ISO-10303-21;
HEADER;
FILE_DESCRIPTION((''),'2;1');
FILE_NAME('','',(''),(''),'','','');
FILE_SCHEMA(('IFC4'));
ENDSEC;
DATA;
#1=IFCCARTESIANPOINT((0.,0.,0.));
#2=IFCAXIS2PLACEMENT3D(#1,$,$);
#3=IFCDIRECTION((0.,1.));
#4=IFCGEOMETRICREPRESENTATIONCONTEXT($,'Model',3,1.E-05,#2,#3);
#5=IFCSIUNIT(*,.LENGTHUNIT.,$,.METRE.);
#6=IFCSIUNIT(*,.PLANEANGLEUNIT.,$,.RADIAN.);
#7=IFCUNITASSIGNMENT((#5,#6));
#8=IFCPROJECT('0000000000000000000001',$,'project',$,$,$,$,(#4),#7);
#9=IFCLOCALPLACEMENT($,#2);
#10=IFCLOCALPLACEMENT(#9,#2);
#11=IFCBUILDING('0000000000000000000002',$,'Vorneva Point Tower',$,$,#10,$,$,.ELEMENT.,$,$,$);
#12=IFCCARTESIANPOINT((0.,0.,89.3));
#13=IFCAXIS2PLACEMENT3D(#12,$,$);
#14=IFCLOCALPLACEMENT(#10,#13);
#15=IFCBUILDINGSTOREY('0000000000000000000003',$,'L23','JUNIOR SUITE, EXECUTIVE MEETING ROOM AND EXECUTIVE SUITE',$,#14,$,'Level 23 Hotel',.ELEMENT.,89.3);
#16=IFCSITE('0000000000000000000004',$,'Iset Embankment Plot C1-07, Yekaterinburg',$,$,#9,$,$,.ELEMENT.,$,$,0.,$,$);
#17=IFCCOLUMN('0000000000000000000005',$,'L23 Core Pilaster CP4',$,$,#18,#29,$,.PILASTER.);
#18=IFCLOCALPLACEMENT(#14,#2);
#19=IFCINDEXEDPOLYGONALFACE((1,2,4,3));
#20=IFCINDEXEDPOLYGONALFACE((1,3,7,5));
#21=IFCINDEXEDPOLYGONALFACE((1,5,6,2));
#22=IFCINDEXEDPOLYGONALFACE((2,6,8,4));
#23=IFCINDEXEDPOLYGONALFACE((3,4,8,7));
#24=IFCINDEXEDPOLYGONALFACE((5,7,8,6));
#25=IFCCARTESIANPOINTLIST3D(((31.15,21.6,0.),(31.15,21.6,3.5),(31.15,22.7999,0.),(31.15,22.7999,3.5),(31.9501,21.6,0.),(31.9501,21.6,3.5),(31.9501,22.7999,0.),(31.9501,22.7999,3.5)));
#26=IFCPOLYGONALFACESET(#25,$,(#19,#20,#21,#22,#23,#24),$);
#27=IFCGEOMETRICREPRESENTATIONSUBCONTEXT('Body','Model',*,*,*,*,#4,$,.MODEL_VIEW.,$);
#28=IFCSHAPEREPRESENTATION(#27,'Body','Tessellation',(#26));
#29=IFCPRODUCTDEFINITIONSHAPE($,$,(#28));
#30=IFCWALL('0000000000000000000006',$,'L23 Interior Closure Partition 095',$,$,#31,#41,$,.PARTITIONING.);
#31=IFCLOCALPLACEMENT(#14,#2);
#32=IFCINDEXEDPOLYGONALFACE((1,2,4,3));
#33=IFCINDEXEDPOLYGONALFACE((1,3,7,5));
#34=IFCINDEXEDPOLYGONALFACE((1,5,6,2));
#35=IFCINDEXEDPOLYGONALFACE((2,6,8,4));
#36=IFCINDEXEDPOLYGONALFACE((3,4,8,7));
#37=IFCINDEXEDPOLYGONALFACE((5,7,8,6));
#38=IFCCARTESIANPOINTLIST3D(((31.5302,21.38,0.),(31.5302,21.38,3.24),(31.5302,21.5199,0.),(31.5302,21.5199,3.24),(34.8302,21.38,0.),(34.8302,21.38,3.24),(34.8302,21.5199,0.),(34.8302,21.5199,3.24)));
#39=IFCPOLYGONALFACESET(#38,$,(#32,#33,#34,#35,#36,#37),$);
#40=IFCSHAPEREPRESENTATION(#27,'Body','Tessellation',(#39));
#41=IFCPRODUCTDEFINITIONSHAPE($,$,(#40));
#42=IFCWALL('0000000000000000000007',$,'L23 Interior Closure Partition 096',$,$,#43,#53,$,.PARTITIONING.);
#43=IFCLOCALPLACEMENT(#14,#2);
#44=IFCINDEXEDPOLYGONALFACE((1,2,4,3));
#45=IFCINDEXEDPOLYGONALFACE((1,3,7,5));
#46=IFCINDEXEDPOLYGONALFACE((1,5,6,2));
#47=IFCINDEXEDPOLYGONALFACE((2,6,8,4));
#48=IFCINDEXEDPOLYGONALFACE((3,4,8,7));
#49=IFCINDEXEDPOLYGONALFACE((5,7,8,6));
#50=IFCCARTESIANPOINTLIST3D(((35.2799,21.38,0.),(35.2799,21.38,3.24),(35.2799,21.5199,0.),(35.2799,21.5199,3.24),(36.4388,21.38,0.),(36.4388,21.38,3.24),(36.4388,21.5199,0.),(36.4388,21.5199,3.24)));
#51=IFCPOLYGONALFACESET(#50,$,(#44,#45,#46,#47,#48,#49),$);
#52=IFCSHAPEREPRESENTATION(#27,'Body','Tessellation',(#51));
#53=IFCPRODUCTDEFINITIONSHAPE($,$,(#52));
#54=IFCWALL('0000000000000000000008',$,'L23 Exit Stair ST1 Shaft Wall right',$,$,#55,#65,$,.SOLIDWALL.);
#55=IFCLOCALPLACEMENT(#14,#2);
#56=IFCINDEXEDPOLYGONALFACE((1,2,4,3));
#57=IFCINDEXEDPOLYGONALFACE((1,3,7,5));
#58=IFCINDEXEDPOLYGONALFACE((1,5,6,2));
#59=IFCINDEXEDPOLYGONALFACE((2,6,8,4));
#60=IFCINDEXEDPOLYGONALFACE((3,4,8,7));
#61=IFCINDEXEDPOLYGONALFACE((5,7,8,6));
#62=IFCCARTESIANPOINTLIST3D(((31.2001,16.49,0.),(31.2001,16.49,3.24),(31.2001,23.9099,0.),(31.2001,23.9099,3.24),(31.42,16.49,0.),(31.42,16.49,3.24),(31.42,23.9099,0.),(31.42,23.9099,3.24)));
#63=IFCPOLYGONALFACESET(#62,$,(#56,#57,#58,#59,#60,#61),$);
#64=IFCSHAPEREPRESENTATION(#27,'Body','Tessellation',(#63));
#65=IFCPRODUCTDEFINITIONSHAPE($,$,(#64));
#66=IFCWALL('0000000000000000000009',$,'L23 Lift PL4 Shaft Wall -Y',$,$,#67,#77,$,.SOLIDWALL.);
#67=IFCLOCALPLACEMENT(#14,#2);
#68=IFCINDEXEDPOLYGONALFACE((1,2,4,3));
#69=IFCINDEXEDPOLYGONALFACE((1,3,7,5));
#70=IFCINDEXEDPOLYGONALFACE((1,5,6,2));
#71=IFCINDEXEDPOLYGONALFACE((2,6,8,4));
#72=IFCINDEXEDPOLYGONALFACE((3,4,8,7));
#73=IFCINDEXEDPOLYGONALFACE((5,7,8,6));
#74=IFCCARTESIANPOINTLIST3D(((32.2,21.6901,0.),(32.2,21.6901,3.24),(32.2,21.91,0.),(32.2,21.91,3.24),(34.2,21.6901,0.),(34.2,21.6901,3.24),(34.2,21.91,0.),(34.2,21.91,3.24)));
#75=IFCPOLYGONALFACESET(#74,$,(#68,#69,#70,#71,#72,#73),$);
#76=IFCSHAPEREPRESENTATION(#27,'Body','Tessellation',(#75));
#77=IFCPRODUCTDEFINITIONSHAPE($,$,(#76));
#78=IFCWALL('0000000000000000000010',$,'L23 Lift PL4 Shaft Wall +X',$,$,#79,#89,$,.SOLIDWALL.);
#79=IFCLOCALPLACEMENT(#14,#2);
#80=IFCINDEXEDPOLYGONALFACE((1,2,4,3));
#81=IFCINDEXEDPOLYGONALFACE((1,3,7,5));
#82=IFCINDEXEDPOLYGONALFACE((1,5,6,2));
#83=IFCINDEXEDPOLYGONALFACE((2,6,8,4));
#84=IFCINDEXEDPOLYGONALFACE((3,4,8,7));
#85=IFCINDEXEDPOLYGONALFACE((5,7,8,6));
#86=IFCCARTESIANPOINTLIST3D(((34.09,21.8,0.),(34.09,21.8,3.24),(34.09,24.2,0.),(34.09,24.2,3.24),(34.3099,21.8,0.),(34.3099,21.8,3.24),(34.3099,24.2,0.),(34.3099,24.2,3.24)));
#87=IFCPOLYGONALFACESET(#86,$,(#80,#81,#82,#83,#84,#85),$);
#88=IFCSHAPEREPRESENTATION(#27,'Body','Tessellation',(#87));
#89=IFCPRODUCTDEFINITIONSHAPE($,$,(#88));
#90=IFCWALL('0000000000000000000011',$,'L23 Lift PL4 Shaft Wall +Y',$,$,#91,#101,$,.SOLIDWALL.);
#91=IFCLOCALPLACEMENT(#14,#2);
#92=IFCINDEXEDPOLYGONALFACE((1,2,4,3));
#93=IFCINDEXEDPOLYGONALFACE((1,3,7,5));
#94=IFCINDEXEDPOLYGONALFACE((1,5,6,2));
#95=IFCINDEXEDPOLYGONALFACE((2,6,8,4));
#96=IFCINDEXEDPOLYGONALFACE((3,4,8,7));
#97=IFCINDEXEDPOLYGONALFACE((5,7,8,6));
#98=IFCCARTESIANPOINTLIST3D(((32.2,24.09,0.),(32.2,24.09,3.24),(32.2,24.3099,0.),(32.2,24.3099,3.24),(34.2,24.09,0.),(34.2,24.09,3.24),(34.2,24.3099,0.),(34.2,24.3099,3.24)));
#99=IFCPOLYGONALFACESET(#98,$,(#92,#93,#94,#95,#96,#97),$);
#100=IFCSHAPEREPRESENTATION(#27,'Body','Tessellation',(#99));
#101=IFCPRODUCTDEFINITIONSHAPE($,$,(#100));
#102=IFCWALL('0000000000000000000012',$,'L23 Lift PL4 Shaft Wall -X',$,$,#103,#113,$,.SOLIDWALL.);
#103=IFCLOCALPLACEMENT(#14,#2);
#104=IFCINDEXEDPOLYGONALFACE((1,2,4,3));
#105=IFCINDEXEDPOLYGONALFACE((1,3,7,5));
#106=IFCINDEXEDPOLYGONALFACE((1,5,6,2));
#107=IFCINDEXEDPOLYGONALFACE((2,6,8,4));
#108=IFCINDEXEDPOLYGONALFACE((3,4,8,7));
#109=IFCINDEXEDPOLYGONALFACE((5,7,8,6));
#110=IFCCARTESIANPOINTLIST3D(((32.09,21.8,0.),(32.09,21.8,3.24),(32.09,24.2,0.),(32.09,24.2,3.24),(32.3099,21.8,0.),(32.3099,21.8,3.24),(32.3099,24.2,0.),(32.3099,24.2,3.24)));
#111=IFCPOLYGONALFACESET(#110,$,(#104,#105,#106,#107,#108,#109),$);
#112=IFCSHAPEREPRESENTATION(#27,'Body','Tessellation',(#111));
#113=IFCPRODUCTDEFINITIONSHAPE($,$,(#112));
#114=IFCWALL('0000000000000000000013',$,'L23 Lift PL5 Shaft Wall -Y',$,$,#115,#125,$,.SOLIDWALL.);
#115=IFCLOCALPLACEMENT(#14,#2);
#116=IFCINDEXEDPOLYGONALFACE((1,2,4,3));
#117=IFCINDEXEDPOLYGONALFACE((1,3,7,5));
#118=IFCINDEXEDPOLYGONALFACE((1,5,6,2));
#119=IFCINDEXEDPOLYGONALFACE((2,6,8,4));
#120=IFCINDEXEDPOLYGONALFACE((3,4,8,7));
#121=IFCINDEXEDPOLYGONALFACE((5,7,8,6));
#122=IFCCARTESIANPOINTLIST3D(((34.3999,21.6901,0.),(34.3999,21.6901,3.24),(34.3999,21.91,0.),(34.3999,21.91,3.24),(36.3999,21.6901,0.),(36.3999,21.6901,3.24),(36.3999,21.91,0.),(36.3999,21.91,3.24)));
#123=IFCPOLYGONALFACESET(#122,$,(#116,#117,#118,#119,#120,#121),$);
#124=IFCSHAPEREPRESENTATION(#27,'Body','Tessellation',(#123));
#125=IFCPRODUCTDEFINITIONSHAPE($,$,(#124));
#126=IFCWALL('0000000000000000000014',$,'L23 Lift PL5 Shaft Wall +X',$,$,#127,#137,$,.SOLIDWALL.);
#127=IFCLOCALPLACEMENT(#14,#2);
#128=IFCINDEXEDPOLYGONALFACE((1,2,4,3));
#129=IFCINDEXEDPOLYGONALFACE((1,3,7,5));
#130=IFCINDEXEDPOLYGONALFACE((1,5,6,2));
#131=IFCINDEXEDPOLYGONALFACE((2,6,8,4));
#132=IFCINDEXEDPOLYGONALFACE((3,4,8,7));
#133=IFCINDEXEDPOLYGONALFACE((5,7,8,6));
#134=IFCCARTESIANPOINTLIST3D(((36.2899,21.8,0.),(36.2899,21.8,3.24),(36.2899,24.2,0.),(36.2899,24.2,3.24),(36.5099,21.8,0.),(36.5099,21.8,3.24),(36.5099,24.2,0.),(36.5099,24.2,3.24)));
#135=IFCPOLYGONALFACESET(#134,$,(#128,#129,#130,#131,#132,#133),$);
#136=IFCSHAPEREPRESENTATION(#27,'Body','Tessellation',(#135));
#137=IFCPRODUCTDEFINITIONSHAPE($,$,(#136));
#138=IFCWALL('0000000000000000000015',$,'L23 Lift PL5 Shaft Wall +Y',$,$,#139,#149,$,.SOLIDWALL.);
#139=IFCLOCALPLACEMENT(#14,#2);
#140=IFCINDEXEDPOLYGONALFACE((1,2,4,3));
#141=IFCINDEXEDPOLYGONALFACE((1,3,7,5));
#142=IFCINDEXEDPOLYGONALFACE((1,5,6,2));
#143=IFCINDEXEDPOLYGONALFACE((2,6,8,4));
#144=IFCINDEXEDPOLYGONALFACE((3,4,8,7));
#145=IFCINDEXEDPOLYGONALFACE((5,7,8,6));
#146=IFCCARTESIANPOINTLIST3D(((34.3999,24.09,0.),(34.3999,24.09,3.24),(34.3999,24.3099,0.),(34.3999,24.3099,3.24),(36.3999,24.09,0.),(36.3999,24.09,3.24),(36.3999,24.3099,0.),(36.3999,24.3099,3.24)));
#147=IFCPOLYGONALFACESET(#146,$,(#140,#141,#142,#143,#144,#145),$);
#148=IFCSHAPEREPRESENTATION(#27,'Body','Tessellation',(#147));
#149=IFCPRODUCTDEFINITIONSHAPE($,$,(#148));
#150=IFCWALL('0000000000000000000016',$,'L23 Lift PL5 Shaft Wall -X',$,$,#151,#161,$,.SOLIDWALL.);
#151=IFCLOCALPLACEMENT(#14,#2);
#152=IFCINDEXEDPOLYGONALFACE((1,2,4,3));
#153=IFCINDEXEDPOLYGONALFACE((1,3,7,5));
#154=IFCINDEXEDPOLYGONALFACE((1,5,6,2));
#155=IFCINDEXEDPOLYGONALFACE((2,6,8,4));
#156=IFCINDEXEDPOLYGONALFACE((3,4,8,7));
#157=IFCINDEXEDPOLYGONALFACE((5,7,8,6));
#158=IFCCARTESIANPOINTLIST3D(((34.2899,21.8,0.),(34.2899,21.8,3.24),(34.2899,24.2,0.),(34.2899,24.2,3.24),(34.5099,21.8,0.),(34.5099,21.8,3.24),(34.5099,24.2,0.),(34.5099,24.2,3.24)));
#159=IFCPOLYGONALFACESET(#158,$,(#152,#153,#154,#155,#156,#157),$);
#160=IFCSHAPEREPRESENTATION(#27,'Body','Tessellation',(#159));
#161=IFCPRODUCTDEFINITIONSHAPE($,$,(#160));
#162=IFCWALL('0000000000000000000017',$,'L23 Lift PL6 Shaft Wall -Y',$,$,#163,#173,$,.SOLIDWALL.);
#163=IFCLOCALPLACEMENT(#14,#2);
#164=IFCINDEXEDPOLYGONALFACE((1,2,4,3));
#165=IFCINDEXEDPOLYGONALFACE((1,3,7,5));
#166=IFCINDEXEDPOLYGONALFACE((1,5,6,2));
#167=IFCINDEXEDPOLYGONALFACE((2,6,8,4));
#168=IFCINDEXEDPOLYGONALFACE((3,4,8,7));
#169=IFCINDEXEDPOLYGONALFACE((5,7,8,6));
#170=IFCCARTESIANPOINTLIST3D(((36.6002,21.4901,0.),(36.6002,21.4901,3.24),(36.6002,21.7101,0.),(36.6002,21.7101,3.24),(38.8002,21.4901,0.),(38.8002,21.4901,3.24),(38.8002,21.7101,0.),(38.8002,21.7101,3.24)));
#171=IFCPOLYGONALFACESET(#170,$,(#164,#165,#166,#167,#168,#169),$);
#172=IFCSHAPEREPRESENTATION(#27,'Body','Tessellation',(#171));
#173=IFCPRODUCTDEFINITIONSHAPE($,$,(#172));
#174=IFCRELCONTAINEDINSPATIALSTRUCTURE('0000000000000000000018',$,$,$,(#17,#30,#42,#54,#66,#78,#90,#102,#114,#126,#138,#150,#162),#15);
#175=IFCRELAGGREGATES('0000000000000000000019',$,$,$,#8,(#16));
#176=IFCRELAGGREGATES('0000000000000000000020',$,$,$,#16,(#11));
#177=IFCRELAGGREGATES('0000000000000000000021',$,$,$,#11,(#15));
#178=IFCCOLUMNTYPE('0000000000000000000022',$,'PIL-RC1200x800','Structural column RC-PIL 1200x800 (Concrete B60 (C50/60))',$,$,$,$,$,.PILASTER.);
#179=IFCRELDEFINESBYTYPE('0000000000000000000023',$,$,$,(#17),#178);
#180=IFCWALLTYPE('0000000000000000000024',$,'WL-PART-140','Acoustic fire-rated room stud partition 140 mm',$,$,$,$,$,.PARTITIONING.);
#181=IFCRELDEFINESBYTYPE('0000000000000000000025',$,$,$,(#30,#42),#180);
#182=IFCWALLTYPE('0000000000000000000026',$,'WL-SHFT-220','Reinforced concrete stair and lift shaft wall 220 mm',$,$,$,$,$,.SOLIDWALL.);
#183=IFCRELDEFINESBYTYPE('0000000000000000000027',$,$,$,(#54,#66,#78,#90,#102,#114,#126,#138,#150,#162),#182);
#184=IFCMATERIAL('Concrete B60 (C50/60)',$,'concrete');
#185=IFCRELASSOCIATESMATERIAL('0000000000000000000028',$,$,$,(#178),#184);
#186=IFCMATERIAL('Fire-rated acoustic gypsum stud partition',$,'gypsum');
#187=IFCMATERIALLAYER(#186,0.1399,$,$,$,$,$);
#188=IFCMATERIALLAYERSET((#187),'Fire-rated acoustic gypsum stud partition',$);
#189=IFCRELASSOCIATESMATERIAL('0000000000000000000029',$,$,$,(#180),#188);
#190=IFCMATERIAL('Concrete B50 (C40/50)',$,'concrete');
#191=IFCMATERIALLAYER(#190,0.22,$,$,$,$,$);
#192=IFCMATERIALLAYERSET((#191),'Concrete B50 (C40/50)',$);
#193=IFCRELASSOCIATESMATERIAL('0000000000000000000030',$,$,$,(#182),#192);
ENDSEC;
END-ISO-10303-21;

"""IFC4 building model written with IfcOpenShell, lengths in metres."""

from ifc_helpers import new_model, si_unit, direction, frame, frame_2d, origin, origin_2d, place, context, subcontext, project, spatial, rectangle, extrude, material, layer, layer_set, material_profile, profile_set, type_object, element, save


model = new_model("IFC4")

# Units and contexts
model_context = context("Model", 3, precision=1e-05, world=origin(), true_north=direction((0.0, 1.0)))
body_context = subcontext(model_context, "Body", "Model", "MODEL_VIEW")
ifc_project = project(units=[si_unit("LENGTHUNIT", "METRE"), si_unit("PLANEANGLEUNIT", "RADIAN")], contexts=[model_context])

# Site, building, storey
site_placement = place(None, origin())
site = spatial("IfcSite", under=ifc_project, at=site_placement, Name="Iset Embankment Plot C1-07, Yekaterinburg", CompositionType="ELEMENT", RefElevation=0.0)
building_placement = place(site_placement, origin())
building = spatial("IfcBuilding", under=site, at=building_placement, Name="Vorneva Point Tower", CompositionType="ELEMENT")
storey_placement = place(building_placement, frame((0.0, 0.0, 89.3)))
storey = spatial("IfcBuildingStorey", under=building, at=storey_placement, Name="L23", Description="JUNIOR SUITE, EXECUTIVE MEETING ROOM AND EXECUTIVE SUITE", LongName="Level 23 Hotel", CompositionType="ELEMENT", Elevation=89.3)

# Column
ifc_material_1 = material(Name="Concrete B60 (C50/60)", Category="concrete")
ifc_material_profile = material_profile(ifc_material_1, rectangle(XDim=0.8, YDim=1.2, at=origin_2d()), Name="RC-PIL 1200x800")
ifc_profile_set = profile_set([ifc_material_profile], Name="Concrete B60 (C50/60)")
column_type = type_object("IfcColumnType", Name="PIL-RC1200x800", Description="Structural column RC-PIL 1200x800 (Concrete B60 (C50/60))", PredefinedType="PILASTER", material=ifc_profile_set)
column_placement = place(storey_placement, frame((31.55, 22.2, 0.0), z_axis=(0.0, 0.0, 1.0), x_axis=(1.0, 0.0, 0.0)))
element("IfcColumn", 1, at=column_placement, inside=storey, type_object=column_type, Name="L23 Core Pilaster CP4", PredefinedType="PILASTER", context=body_context, shape_type="SweptSolid", body=[
    extrude(rectangle(XDim=0.8, YDim=1.2, at=origin_2d()), origin(), (0.0, 0.0, 1.0), 3.5),
])

# Walls
ifc_material_2 = material(Name="Fire-rated acoustic gypsum stud partition", Category="gypsum")
ifc_layer_1 = layer(ifc_material_2, 0.1399)
ifc_layer_set_1 = layer_set([ifc_layer_1], Name="Fire-rated acoustic gypsum stud partition")
wall_type_1 = type_object("IfcWallType", Name="WL-PART-140", Description="Acoustic fire-rated room stud partition 140 mm", PredefinedType="PARTITIONING", material=ifc_layer_set_1)
wall_1_placement = place(storey_placement, frame((34.8301, 21.45, 0.0), z_axis=(0.0, 0.0, 1.0), x_axis=(-1.0, 0.0, 0.0)))
element("IfcWall", 2, at=wall_1_placement, inside=storey, type_object=wall_type_1, Name="L23 Interior Closure Partition 095", PredefinedType="PARTITIONING", context=body_context, shape_type="SweptSolid", body=[
    extrude(rectangle(XDim=3.3, YDim=0.1399, at=frame_2d((1.6499, 0.0))), origin(), (0.0, 0.0, 1.0), 3.24),
])
wall_2_placement = place(storey_placement, frame((36.439, 21.45, 0.0), z_axis=(0.0, 0.0, 1.0), x_axis=(-1.0, 0.0, 0.0)))
element("IfcWall", 3, at=wall_2_placement, inside=storey, type_object=wall_type_1, Name="L23 Interior Closure Partition 096", PredefinedType="PARTITIONING", context=body_context, shape_type="SweptSolid", body=[
    extrude(rectangle(XDim=1.1589, YDim=0.1399, at=frame_2d((0.5796, 0.0))), origin(), (0.0, 0.0, 1.0), 3.24),
])

# Walls
ifc_material_3 = material(Name="Concrete B50 (C40/50)", Category="concrete")
ifc_layer_2 = layer(ifc_material_3, 0.22)
ifc_layer_set_2 = layer_set([ifc_layer_2], Name="Concrete B50 (C40/50)")
wall_type_2 = type_object("IfcWallType", Name="WL-SHFT-220", Description="Reinforced concrete stair and lift shaft wall 220 mm", PredefinedType="SOLIDWALL", material=ifc_layer_set_2)
wall_3_placement = place(storey_placement, frame((31.3101, 23.9099, 0.0), z_axis=(0.0, 0.0, 1.0), x_axis=(0.0, -1.0, 0.0)))
element("IfcWall", 4, at=wall_3_placement, inside=storey, type_object=wall_type_2, Name="L23 Exit Stair ST1 Shaft Wall right", PredefinedType="SOLIDWALL", context=body_context, shape_type="SweptSolid", body=[
    extrude(rectangle(XDim=7.4199, YDim=0.22, at=frame_2d((3.71, 0.0))), origin(), (0.0, 0.0, 1.0), 3.24),
])
wall_4_placement = place(storey_placement, frame((32.2, 21.8, 0.0), z_axis=(0.0, 0.0, 1.0), x_axis=(1.0, 0.0, 0.0)))
element("IfcWall", 5, at=wall_4_placement, inside=storey, type_object=wall_type_2, Name="L23 Lift PL4 Shaft Wall -Y", PredefinedType="SOLIDWALL", context=body_context, shape_type="SweptSolid", body=[
    extrude(rectangle(XDim=2.0, YDim=0.22, at=frame_2d((1.0, 0.0))), origin(), (0.0, 0.0, 1.0), 3.24),
])
wall_5_placement = place(storey_placement, frame((34.2, 21.8, 0.0), z_axis=(0.0, 0.0, 1.0), x_axis=(0.0, 1.0, 0.0)))
element("IfcWall", 6, at=wall_5_placement, inside=storey, type_object=wall_type_2, Name="L23 Lift PL4 Shaft Wall +X", PredefinedType="SOLIDWALL", context=body_context, shape_type="SweptSolid", body=[
    extrude(rectangle(XDim=2.3999, YDim=0.22, at=frame_2d((1.2, 0.0))), origin(), (0.0, 0.0, 1.0), 3.24),
])
wall_6_placement = place(storey_placement, frame((34.2, 24.2, 0.0), z_axis=(0.0, 0.0, 1.0), x_axis=(-1.0, 0.0, 0.0)))
element("IfcWall", 7, at=wall_6_placement, inside=storey, type_object=wall_type_2, Name="L23 Lift PL4 Shaft Wall +Y", PredefinedType="SOLIDWALL", context=body_context, shape_type="SweptSolid", body=[
    extrude(rectangle(XDim=2.0, YDim=0.22, at=frame_2d((1.0, 0.0))), origin(), (0.0, 0.0, 1.0), 3.24),
])
wall_7_placement = place(storey_placement, frame((32.2, 24.2, 0.0), z_axis=(0.0, 0.0, 1.0), x_axis=(0.0, -1.0, 0.0)))
element("IfcWall", 8, at=wall_7_placement, inside=storey, type_object=wall_type_2, Name="L23 Lift PL4 Shaft Wall -X", PredefinedType="SOLIDWALL", context=body_context, shape_type="SweptSolid", body=[
    extrude(rectangle(XDim=2.3999, YDim=0.22, at=frame_2d((1.2, 0.0))), origin(), (0.0, 0.0, 1.0), 3.24),
])
wall_8_placement = place(storey_placement, frame((34.3999, 21.8, 0.0), z_axis=(0.0, 0.0, 1.0), x_axis=(1.0, 0.0, 0.0)))
element("IfcWall", 9, at=wall_8_placement, inside=storey, type_object=wall_type_2, Name="L23 Lift PL5 Shaft Wall -Y", PredefinedType="SOLIDWALL", context=body_context, shape_type="SweptSolid", body=[
    extrude(rectangle(XDim=2.0, YDim=0.22, at=frame_2d((1.0, 0.0))), origin(), (0.0, 0.0, 1.0), 3.24),
])
wall_9_placement = place(storey_placement, frame((36.3999, 21.8, 0.0), z_axis=(0.0, 0.0, 1.0), x_axis=(0.0, 1.0, 0.0)))
element("IfcWall", 10, at=wall_9_placement, inside=storey, type_object=wall_type_2, Name="L23 Lift PL5 Shaft Wall +X", PredefinedType="SOLIDWALL", context=body_context, shape_type="SweptSolid", body=[
    extrude(rectangle(XDim=2.3999, YDim=0.22, at=frame_2d((1.2, 0.0))), origin(), (0.0, 0.0, 1.0), 3.24),
])
wall_10_placement = place(storey_placement, frame((36.3999, 24.2, 0.0), z_axis=(0.0, 0.0, 1.0), x_axis=(-1.0, 0.0, 0.0)))
element("IfcWall", 11, at=wall_10_placement, inside=storey, type_object=wall_type_2, Name="L23 Lift PL5 Shaft Wall +Y", PredefinedType="SOLIDWALL", context=body_context, shape_type="SweptSolid", body=[
    extrude(rectangle(XDim=2.0, YDim=0.22, at=frame_2d((1.0, 0.0))), origin(), (0.0, 0.0, 1.0), 3.24),
])
wall_11_placement = place(storey_placement, frame((34.3999, 24.2, 0.0), z_axis=(0.0, 0.0, 1.0), x_axis=(0.0, -1.0, 0.0)))
element("IfcWall", 12, at=wall_11_placement, inside=storey, type_object=wall_type_2, Name="L23 Lift PL5 Shaft Wall -X", PredefinedType="SOLIDWALL", context=body_context, shape_type="SweptSolid", body=[
    extrude(rectangle(XDim=2.3999, YDim=0.22, at=frame_2d((1.2, 0.0))), origin(), (0.0, 0.0, 1.0), 3.24),
])
wall_12_placement = place(storey_placement, frame((36.6001, 21.6001, 0.0), z_axis=(0.0, 0.0, 1.0), x_axis=(1.0, 0.0, 0.0)))
element("IfcWall", 13, at=wall_12_placement, inside=storey, type_object=wall_type_2, Name="L23 Lift PL6 Shaft Wall -Y", PredefinedType="SOLIDWALL", context=body_context, shape_type="SweptSolid", body=[
    extrude(rectangle(XDim=2.2, YDim=0.22, at=frame_2d((1.1001, 0.0))), origin(), (0.0, 0.0, 1.0), 3.24),
])

save(model, "model.ifc")
